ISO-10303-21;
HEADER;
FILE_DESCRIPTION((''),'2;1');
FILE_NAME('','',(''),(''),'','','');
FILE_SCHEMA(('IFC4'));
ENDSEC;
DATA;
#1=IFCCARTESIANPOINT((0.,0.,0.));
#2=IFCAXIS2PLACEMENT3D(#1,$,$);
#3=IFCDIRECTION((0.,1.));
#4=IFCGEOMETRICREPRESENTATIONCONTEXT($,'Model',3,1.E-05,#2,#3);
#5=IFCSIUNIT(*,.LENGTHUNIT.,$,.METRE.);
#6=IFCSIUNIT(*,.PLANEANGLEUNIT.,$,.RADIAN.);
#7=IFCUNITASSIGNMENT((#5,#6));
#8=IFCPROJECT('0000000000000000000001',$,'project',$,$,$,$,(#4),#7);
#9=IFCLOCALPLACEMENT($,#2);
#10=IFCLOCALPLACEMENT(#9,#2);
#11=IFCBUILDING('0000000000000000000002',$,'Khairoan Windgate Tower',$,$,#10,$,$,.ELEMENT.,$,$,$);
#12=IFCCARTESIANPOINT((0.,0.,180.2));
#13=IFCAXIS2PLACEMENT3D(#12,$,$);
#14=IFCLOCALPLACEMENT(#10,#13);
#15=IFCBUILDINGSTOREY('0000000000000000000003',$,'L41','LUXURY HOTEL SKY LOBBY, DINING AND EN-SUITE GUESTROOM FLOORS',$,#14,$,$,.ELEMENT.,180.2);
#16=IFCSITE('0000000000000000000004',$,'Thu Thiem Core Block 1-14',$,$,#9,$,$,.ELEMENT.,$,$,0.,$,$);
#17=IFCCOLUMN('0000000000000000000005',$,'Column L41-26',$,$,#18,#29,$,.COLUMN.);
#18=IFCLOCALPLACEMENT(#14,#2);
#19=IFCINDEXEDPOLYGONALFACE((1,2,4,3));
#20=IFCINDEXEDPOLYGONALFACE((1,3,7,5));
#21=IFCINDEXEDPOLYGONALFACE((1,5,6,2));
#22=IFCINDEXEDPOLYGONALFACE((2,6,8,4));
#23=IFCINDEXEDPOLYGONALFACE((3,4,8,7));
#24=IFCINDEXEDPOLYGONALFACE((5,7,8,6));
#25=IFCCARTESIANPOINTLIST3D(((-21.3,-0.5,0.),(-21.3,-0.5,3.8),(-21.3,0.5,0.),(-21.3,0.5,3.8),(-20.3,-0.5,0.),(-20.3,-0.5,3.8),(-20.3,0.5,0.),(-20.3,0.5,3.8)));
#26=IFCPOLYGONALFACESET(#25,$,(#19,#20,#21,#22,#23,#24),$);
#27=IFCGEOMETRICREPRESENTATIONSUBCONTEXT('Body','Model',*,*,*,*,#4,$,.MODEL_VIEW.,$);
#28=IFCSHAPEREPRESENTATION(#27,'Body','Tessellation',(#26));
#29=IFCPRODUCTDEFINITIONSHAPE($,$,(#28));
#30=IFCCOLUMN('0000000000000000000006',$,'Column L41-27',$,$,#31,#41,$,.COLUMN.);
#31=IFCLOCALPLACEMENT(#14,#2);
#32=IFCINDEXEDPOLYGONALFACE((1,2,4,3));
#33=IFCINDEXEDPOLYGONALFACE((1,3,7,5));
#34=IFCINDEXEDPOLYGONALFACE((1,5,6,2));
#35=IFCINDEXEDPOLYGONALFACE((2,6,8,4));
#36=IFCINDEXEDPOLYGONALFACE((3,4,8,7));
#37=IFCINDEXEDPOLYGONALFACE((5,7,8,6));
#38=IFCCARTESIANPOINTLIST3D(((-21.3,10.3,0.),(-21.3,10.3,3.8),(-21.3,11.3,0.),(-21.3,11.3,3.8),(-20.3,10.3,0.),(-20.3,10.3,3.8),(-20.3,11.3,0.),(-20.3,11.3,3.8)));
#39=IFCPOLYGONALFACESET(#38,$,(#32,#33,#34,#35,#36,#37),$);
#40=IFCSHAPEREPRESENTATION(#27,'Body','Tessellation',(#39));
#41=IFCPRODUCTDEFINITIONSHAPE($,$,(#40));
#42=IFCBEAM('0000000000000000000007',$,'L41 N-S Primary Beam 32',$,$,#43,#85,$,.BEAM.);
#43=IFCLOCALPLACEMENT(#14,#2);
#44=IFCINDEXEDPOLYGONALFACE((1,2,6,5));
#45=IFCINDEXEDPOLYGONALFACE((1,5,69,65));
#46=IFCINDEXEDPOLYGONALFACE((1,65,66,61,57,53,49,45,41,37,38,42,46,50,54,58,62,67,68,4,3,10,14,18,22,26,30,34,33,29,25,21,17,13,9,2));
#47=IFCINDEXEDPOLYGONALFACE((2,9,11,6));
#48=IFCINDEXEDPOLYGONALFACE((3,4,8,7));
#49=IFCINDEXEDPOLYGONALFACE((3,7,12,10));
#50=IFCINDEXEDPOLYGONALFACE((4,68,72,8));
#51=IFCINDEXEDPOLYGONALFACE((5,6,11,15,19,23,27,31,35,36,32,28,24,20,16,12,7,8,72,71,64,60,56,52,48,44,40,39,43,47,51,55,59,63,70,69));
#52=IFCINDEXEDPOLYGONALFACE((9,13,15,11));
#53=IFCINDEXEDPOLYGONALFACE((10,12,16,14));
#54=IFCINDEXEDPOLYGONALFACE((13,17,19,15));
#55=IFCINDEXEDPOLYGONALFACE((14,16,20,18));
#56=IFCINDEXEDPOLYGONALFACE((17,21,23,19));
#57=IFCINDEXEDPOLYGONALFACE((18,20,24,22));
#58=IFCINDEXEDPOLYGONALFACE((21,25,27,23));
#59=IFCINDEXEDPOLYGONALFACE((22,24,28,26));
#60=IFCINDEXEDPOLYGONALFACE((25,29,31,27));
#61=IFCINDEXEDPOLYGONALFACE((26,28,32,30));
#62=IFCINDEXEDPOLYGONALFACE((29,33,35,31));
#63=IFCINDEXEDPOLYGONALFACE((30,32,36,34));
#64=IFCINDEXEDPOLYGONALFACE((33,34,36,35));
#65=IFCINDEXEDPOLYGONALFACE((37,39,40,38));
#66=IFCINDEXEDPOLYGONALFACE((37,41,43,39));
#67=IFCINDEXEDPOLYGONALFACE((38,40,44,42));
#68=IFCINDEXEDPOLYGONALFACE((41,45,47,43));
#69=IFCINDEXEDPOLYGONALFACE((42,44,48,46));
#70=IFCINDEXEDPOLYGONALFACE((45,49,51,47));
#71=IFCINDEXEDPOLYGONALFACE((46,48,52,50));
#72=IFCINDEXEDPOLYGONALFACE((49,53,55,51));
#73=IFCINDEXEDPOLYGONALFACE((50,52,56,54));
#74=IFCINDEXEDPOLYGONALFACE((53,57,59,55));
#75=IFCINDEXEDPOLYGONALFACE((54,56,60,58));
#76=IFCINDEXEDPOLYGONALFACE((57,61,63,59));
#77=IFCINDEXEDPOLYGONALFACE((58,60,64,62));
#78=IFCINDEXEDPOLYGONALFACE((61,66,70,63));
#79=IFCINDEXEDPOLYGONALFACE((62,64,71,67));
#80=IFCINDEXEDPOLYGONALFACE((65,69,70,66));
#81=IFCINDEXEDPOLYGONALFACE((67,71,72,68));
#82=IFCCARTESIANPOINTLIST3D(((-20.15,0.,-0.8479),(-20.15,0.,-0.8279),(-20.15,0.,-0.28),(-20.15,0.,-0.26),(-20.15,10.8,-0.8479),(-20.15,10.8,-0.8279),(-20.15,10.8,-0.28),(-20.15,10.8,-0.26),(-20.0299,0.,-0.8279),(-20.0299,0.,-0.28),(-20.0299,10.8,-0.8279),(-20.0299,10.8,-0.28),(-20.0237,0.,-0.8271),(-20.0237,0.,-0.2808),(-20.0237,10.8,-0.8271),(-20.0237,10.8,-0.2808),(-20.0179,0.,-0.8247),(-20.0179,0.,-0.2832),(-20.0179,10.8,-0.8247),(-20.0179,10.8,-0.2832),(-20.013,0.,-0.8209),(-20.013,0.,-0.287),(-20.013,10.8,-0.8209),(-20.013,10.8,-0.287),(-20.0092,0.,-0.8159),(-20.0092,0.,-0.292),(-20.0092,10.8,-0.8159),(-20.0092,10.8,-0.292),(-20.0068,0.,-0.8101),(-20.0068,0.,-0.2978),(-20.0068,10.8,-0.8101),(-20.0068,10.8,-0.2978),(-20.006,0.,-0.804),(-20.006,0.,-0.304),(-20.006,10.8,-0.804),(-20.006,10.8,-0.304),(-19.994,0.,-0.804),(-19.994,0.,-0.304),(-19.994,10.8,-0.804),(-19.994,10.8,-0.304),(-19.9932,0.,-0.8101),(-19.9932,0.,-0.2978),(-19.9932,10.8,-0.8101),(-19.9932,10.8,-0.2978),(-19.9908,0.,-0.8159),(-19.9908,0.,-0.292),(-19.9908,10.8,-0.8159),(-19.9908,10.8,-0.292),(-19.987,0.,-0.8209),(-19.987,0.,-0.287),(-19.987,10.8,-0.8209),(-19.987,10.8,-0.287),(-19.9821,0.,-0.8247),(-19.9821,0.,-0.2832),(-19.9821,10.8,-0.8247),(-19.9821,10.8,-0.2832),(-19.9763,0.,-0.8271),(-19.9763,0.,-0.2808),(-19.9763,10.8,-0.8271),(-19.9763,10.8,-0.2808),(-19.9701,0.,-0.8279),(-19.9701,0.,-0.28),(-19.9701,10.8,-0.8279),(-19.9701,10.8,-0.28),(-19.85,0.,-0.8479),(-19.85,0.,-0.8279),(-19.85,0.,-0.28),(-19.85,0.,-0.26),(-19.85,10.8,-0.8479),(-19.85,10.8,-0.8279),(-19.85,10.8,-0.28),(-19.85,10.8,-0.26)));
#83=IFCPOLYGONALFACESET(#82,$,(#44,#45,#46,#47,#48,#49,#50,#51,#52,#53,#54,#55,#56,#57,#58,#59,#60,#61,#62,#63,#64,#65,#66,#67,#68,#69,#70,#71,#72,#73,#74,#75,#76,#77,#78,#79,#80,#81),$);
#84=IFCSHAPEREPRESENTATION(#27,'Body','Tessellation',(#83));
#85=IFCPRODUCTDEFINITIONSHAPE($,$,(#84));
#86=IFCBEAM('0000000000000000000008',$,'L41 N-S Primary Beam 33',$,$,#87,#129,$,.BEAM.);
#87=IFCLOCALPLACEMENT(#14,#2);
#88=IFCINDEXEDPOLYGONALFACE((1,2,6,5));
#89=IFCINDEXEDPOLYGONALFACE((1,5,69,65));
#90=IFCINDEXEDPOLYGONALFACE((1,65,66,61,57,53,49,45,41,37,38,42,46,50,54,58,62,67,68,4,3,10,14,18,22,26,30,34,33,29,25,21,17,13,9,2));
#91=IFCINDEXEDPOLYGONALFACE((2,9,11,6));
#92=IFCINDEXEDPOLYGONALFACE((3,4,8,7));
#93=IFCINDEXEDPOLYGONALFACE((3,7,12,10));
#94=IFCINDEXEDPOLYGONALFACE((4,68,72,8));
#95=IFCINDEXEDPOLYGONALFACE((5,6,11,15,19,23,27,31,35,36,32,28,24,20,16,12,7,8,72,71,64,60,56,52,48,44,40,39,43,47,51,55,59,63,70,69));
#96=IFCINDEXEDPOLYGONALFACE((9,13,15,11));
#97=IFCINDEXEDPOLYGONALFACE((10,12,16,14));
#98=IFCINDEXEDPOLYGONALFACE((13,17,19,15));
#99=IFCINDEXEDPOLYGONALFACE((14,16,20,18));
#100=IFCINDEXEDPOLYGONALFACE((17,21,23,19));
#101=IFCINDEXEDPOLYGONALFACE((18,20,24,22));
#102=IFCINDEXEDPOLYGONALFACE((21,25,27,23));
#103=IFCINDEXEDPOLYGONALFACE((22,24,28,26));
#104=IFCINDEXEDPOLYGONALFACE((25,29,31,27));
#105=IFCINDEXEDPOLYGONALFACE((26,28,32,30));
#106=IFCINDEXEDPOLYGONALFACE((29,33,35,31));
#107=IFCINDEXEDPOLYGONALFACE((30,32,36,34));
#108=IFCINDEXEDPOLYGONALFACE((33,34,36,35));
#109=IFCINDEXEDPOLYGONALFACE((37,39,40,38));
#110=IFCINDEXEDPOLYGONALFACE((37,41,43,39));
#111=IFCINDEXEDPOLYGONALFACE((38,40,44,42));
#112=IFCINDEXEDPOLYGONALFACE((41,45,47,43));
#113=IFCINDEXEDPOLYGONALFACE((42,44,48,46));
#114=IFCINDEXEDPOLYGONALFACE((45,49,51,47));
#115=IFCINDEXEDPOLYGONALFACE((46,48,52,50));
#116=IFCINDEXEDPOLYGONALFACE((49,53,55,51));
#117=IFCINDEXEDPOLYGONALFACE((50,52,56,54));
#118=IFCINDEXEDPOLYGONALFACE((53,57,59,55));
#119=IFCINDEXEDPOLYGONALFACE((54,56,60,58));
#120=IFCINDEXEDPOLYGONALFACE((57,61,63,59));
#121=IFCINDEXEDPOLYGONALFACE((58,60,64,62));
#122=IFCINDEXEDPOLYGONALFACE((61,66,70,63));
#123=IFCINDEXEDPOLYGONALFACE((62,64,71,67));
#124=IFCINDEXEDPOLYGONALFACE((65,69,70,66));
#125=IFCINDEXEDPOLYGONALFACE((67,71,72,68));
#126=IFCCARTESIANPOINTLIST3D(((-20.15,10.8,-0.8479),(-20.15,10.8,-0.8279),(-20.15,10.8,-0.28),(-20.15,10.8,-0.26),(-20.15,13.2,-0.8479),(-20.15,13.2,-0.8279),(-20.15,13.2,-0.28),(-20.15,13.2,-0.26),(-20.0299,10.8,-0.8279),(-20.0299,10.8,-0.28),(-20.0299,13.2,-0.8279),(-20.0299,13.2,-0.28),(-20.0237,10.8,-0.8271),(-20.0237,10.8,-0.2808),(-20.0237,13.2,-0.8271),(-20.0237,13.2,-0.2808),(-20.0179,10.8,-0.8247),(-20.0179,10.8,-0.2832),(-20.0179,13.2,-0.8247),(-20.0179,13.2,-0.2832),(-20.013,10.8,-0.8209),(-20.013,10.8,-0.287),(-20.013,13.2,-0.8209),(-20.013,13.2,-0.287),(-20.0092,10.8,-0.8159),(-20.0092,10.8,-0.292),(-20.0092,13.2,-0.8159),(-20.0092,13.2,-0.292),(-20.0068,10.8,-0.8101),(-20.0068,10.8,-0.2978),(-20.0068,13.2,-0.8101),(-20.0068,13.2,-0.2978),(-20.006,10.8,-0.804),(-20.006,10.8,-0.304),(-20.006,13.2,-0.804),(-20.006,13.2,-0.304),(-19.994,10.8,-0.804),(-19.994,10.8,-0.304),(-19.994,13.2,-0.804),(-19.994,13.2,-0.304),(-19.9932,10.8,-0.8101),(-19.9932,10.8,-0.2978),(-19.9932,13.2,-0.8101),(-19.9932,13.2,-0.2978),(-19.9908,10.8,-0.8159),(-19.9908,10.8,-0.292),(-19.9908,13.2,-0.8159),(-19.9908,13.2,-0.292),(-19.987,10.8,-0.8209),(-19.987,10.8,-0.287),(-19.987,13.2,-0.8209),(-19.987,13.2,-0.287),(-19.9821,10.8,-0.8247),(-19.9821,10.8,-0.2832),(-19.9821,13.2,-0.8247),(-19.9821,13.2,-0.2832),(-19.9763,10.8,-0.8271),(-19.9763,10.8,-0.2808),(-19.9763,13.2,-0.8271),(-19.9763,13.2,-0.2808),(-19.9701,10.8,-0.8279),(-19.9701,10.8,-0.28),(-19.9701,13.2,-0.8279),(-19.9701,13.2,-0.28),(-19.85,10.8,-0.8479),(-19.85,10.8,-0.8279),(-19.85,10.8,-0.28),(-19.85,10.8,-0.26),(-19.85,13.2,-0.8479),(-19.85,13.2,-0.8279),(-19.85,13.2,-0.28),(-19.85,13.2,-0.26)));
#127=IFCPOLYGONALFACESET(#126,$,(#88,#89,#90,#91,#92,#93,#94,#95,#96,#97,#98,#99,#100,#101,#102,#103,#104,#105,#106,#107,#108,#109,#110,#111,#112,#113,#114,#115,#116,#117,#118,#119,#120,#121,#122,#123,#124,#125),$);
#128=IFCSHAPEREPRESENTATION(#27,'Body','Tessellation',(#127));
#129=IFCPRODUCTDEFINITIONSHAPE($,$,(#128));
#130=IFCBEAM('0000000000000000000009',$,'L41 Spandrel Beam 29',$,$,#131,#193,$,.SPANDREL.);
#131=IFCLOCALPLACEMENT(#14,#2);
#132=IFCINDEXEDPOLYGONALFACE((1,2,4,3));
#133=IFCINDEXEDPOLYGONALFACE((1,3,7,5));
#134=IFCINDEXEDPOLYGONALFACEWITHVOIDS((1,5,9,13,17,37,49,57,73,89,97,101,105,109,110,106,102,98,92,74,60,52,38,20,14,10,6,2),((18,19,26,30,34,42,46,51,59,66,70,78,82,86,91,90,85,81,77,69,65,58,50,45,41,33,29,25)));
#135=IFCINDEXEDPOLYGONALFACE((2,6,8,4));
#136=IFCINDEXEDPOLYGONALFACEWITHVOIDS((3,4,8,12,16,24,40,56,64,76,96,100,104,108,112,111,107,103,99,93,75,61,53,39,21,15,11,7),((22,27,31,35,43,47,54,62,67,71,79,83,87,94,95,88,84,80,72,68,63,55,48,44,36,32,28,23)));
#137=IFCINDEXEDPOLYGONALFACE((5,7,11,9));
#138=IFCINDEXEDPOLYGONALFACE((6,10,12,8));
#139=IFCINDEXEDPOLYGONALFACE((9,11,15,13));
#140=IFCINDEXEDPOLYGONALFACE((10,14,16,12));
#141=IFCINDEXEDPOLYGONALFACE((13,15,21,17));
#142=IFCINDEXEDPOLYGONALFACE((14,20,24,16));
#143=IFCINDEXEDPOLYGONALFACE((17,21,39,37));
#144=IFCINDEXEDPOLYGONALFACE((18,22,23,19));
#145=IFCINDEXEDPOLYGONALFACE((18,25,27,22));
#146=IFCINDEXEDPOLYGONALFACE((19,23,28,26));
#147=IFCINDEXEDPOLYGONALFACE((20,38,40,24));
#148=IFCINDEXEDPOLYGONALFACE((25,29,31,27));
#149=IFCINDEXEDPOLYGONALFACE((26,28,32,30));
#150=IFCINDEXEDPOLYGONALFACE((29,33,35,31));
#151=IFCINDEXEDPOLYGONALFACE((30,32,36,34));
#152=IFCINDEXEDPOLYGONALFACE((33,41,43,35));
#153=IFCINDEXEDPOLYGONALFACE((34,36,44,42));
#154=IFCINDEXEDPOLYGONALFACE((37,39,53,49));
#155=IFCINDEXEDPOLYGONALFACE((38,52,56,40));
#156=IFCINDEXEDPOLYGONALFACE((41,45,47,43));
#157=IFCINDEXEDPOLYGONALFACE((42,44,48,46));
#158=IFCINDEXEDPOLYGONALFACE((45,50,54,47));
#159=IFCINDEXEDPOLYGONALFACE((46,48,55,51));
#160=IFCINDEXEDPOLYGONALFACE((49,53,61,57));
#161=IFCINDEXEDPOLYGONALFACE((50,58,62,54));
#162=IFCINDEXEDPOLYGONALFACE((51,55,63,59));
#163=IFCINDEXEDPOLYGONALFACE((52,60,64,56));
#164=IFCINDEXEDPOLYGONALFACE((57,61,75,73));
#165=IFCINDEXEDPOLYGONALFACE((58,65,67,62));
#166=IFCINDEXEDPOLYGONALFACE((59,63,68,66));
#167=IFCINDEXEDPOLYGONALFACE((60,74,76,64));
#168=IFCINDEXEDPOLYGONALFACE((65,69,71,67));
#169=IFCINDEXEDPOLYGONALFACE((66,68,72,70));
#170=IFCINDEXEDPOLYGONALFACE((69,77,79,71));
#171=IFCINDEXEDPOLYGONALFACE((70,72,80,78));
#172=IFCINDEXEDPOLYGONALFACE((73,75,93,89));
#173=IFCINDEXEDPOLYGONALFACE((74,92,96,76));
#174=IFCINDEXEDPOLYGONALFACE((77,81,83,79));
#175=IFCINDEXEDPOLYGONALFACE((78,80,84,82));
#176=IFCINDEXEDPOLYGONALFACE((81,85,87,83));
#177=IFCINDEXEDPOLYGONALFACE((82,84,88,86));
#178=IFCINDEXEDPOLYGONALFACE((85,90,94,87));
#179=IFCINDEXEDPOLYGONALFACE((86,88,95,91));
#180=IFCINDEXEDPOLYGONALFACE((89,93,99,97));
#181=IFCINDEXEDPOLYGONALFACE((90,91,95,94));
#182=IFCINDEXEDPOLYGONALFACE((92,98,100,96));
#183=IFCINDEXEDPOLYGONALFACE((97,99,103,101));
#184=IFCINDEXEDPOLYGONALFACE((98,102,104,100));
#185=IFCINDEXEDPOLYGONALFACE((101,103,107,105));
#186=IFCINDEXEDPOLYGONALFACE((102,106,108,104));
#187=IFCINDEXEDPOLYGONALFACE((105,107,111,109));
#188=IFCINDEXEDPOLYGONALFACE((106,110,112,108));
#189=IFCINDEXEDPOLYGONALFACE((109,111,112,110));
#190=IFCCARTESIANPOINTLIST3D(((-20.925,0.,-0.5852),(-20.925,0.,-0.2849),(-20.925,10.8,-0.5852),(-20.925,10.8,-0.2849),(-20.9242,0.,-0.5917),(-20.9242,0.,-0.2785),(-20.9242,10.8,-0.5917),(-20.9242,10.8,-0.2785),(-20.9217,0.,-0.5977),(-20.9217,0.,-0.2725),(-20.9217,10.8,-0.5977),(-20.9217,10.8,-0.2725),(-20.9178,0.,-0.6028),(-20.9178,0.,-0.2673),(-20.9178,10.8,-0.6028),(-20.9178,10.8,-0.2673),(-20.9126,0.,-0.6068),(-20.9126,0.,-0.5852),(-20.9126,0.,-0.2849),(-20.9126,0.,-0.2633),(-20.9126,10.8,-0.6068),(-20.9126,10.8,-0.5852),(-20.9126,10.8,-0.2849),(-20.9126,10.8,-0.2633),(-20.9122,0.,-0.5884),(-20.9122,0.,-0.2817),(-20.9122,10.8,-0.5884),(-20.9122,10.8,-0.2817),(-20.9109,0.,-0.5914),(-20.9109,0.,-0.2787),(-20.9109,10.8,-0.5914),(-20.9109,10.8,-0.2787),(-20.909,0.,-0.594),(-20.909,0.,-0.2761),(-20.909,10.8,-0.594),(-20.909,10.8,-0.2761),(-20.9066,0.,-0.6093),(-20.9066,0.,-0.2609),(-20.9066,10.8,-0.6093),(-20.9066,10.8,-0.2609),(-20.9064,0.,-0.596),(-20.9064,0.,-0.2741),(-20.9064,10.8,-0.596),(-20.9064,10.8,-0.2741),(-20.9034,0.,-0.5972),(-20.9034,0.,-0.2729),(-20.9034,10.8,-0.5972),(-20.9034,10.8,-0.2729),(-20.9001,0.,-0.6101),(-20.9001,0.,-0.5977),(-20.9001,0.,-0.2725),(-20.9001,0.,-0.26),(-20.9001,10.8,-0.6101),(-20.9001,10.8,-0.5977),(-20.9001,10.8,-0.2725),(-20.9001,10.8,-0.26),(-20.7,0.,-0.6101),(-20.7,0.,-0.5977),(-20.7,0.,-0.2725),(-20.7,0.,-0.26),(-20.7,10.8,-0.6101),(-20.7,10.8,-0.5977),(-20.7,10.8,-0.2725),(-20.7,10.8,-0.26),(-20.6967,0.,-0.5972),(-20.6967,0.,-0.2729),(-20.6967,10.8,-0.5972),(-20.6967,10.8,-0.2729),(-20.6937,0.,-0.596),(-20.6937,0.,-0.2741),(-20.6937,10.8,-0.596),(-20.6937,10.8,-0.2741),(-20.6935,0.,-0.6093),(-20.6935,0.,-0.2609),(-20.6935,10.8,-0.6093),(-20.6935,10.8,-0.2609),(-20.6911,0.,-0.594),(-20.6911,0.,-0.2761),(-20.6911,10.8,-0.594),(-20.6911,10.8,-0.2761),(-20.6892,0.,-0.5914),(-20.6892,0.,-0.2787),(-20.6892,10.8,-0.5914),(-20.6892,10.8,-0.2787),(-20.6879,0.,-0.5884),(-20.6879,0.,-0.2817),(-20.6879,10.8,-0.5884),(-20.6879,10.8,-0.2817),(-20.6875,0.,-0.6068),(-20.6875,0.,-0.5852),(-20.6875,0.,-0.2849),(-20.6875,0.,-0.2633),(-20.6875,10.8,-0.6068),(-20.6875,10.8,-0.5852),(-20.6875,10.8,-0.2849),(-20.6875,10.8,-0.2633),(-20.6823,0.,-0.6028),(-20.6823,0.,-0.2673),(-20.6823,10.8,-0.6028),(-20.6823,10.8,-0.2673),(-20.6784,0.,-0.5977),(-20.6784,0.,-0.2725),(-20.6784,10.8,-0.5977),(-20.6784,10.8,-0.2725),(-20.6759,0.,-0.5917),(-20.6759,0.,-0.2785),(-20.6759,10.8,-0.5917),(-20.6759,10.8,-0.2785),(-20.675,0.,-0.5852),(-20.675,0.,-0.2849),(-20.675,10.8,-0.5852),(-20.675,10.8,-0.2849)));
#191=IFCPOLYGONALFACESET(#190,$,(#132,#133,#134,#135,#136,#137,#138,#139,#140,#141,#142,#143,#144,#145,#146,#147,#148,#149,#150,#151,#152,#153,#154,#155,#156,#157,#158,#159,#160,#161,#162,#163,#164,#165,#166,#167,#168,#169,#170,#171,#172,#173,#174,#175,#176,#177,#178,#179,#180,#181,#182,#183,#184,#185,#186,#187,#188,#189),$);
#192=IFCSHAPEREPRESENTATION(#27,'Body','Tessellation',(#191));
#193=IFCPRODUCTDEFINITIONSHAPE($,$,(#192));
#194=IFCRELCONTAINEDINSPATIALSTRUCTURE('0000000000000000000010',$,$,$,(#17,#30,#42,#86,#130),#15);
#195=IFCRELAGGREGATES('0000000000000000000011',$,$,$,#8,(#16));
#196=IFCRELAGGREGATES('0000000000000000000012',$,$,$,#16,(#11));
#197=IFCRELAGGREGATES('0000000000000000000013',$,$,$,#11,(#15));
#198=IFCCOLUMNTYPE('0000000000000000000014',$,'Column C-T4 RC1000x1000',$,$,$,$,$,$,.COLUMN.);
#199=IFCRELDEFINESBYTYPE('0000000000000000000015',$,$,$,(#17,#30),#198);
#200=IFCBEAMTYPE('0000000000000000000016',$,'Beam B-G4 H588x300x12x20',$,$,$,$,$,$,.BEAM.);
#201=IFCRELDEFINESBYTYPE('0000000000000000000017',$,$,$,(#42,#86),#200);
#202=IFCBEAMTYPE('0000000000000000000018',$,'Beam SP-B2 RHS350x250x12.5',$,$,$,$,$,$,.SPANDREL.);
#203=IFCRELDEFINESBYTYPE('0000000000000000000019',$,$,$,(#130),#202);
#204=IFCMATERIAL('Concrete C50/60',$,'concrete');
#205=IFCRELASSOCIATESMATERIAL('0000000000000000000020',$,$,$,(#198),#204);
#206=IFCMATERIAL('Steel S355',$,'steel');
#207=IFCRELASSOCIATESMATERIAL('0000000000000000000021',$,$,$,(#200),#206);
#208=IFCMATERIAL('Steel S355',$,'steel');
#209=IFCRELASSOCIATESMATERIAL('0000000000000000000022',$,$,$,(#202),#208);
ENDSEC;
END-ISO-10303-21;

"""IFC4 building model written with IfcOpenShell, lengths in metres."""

from ifc_helpers import new_model, si_unit, direction, frame, origin, origin_2d, place, context, subcontext, project, spatial, rectangle, hollow_rectangle, i_section, extrude, material, material_profile, profile_set, type_object, element, save


model = new_model("IFC4")

# Units and contexts
model_context = context("Model", 3, precision=1e-05, world=origin(), true_north=direction((0.0, 1.0)))
body_context = subcontext(model_context, "Body", "Model", "MODEL_VIEW")
ifc_project = project(units=[si_unit("LENGTHUNIT", "METRE"), si_unit("PLANEANGLEUNIT", "RADIAN")], contexts=[model_context])

# Site, building, storey
site_placement = place(None, origin())
site = spatial("IfcSite", under=ifc_project, at=site_placement, Name="Thu Thiem Core Block 1-14", CompositionType="ELEMENT", RefElevation=0.0)
building_placement = place(site_placement, origin())
building = spatial("IfcBuilding", under=site, at=building_placement, Name="Khairoan Windgate Tower", CompositionType="ELEMENT")
storey_placement = place(building_placement, frame((0.0, 0.0, 180.2)))
storey = spatial("IfcBuildingStorey", under=building, at=storey_placement, Name="L41", Description="LUXURY HOTEL SKY LOBBY, DINING AND EN-SUITE GUESTROOM FLOORS", CompositionType="ELEMENT", Elevation=180.2)

# Columns
ifc_material_1 = material(Name="Concrete C50/60", Category="concrete")
ifc_material_profile_1 = material_profile(ifc_material_1, rectangle(XDim=1.0, YDim=1.0, at=origin_2d()))
ifc_profile_set_1 = profile_set([ifc_material_profile_1], Name="Concrete C50/60")
column_type = type_object("IfcColumnType", Name="Column C-T4 RC1000x1000", PredefinedType="COLUMN", material=ifc_profile_set_1)
for number, where, z_axis, x_axis, name in (
    (1, (-20.8, 0.0, 0.0), (0.0, 0.0, 1.0), (1.0, 0.0, 0.0), "Column L41-26"),
    (2, (-20.8, 10.8, 0.0), (0.0, 0.0, 1.0), (1.0, 0.0, 0.0), "Column L41-27"),
):
    element("IfcColumn", number, at=place(storey_placement, frame(where, z_axis=z_axis, x_axis=x_axis)), inside=storey, type_object=column_type, Name=name, PredefinedType="COLUMN", context=body_context, shape_type="SweptSolid", body=[
        extrude(rectangle(XDim=1.0, YDim=1.0, at=origin_2d()), origin(), (0.0, 0.0, 1.0), 3.8),
    ])

# Beams
ifc_material_2 = material(Name="Steel S355", Category="steel")
ifc_material_profile_2 = material_profile(ifc_material_2, i_section(OverallWidth=0.3, OverallDepth=0.5879, WebThickness=0.012, FlangeThickness=0.02, FilletRadius=0.0239, at=origin_2d()))
ifc_profile_set_2 = profile_set([ifc_material_profile_2], Name="Steel S355")
beam_type_1 = type_object("IfcBeamType", Name="Beam B-G4 H588x300x12x20", PredefinedType="BEAM", material=ifc_profile_set_2)
beam_1_placement = place(storey_placement, frame((-20.0, 0.0, -0.554), z_axis=(0.0, 1.0, 0.0), x_axis=(-1.0, 0.0, 0.0)))
element("IfcBeam", 3, at=beam_1_placement, inside=storey, type_object=beam_type_1, Name="L41 N-S Primary Beam 32", PredefinedType="BEAM", context=body_context, shape_type="SweptSolid", body=[
    extrude(i_section(OverallWidth=0.3, OverallDepth=0.5879, WebThickness=0.012, FlangeThickness=0.02, FilletRadius=0.0239, at=origin_2d()), origin(), (0.0, 0.0, 1.0), 10.8),
])
beam_2_placement = place(storey_placement, frame((-20.0, 10.8, -0.554), z_axis=(0.0, 1.0, 0.0), x_axis=(-1.0, 0.0, 0.0)))
element("IfcBeam", 4, at=beam_2_placement, inside=storey, type_object=beam_type_1, Name="L41 N-S Primary Beam 33", PredefinedType="BEAM", context=body_context, shape_type="SweptSolid", body=[
    extrude(i_section(OverallWidth=0.3, OverallDepth=0.5879, WebThickness=0.012, FlangeThickness=0.02, FilletRadius=0.0239, at=origin_2d()), origin(), (0.0, 0.0, 1.0), 2.3999),
])
ifc_material_3 = material(Name="Steel S355", Category="steel")
ifc_material_profile_3 = material_profile(ifc_material_3, hollow_rectangle(XDim=0.25, YDim=0.3501, WallThickness=0.0125, InnerFilletRadius=0.0125, OuterFilletRadius=0.0249, at=origin_2d()))
ifc_profile_set_3 = profile_set([ifc_material_profile_3], Name="Steel S355")
beam_type_2 = type_object("IfcBeamType", Name="Beam SP-B2 RHS350x250x12.5", PredefinedType="SPANDREL", material=ifc_profile_set_3)
beam_3_placement = place(storey_placement, frame((-20.8, 0.0, -0.4351), z_axis=(0.0, 1.0, 0.0), x_axis=(-1.0, 0.0, 0.0)))
element("IfcBeam", 5, at=beam_3_placement, inside=storey, type_object=beam_type_2, Name="L41 Spandrel Beam 29", PredefinedType="SPANDREL", context=body_context, shape_type="SweptSolid", body=[
    extrude(hollow_rectangle(XDim=0.25, YDim=0.3501, WallThickness=0.0125, InnerFilletRadius=0.0125, OuterFilletRadius=0.0249, at=origin_2d()), origin(), (0.0, 0.0, 1.0), 10.8),
])

save(model, "model.ifc")
